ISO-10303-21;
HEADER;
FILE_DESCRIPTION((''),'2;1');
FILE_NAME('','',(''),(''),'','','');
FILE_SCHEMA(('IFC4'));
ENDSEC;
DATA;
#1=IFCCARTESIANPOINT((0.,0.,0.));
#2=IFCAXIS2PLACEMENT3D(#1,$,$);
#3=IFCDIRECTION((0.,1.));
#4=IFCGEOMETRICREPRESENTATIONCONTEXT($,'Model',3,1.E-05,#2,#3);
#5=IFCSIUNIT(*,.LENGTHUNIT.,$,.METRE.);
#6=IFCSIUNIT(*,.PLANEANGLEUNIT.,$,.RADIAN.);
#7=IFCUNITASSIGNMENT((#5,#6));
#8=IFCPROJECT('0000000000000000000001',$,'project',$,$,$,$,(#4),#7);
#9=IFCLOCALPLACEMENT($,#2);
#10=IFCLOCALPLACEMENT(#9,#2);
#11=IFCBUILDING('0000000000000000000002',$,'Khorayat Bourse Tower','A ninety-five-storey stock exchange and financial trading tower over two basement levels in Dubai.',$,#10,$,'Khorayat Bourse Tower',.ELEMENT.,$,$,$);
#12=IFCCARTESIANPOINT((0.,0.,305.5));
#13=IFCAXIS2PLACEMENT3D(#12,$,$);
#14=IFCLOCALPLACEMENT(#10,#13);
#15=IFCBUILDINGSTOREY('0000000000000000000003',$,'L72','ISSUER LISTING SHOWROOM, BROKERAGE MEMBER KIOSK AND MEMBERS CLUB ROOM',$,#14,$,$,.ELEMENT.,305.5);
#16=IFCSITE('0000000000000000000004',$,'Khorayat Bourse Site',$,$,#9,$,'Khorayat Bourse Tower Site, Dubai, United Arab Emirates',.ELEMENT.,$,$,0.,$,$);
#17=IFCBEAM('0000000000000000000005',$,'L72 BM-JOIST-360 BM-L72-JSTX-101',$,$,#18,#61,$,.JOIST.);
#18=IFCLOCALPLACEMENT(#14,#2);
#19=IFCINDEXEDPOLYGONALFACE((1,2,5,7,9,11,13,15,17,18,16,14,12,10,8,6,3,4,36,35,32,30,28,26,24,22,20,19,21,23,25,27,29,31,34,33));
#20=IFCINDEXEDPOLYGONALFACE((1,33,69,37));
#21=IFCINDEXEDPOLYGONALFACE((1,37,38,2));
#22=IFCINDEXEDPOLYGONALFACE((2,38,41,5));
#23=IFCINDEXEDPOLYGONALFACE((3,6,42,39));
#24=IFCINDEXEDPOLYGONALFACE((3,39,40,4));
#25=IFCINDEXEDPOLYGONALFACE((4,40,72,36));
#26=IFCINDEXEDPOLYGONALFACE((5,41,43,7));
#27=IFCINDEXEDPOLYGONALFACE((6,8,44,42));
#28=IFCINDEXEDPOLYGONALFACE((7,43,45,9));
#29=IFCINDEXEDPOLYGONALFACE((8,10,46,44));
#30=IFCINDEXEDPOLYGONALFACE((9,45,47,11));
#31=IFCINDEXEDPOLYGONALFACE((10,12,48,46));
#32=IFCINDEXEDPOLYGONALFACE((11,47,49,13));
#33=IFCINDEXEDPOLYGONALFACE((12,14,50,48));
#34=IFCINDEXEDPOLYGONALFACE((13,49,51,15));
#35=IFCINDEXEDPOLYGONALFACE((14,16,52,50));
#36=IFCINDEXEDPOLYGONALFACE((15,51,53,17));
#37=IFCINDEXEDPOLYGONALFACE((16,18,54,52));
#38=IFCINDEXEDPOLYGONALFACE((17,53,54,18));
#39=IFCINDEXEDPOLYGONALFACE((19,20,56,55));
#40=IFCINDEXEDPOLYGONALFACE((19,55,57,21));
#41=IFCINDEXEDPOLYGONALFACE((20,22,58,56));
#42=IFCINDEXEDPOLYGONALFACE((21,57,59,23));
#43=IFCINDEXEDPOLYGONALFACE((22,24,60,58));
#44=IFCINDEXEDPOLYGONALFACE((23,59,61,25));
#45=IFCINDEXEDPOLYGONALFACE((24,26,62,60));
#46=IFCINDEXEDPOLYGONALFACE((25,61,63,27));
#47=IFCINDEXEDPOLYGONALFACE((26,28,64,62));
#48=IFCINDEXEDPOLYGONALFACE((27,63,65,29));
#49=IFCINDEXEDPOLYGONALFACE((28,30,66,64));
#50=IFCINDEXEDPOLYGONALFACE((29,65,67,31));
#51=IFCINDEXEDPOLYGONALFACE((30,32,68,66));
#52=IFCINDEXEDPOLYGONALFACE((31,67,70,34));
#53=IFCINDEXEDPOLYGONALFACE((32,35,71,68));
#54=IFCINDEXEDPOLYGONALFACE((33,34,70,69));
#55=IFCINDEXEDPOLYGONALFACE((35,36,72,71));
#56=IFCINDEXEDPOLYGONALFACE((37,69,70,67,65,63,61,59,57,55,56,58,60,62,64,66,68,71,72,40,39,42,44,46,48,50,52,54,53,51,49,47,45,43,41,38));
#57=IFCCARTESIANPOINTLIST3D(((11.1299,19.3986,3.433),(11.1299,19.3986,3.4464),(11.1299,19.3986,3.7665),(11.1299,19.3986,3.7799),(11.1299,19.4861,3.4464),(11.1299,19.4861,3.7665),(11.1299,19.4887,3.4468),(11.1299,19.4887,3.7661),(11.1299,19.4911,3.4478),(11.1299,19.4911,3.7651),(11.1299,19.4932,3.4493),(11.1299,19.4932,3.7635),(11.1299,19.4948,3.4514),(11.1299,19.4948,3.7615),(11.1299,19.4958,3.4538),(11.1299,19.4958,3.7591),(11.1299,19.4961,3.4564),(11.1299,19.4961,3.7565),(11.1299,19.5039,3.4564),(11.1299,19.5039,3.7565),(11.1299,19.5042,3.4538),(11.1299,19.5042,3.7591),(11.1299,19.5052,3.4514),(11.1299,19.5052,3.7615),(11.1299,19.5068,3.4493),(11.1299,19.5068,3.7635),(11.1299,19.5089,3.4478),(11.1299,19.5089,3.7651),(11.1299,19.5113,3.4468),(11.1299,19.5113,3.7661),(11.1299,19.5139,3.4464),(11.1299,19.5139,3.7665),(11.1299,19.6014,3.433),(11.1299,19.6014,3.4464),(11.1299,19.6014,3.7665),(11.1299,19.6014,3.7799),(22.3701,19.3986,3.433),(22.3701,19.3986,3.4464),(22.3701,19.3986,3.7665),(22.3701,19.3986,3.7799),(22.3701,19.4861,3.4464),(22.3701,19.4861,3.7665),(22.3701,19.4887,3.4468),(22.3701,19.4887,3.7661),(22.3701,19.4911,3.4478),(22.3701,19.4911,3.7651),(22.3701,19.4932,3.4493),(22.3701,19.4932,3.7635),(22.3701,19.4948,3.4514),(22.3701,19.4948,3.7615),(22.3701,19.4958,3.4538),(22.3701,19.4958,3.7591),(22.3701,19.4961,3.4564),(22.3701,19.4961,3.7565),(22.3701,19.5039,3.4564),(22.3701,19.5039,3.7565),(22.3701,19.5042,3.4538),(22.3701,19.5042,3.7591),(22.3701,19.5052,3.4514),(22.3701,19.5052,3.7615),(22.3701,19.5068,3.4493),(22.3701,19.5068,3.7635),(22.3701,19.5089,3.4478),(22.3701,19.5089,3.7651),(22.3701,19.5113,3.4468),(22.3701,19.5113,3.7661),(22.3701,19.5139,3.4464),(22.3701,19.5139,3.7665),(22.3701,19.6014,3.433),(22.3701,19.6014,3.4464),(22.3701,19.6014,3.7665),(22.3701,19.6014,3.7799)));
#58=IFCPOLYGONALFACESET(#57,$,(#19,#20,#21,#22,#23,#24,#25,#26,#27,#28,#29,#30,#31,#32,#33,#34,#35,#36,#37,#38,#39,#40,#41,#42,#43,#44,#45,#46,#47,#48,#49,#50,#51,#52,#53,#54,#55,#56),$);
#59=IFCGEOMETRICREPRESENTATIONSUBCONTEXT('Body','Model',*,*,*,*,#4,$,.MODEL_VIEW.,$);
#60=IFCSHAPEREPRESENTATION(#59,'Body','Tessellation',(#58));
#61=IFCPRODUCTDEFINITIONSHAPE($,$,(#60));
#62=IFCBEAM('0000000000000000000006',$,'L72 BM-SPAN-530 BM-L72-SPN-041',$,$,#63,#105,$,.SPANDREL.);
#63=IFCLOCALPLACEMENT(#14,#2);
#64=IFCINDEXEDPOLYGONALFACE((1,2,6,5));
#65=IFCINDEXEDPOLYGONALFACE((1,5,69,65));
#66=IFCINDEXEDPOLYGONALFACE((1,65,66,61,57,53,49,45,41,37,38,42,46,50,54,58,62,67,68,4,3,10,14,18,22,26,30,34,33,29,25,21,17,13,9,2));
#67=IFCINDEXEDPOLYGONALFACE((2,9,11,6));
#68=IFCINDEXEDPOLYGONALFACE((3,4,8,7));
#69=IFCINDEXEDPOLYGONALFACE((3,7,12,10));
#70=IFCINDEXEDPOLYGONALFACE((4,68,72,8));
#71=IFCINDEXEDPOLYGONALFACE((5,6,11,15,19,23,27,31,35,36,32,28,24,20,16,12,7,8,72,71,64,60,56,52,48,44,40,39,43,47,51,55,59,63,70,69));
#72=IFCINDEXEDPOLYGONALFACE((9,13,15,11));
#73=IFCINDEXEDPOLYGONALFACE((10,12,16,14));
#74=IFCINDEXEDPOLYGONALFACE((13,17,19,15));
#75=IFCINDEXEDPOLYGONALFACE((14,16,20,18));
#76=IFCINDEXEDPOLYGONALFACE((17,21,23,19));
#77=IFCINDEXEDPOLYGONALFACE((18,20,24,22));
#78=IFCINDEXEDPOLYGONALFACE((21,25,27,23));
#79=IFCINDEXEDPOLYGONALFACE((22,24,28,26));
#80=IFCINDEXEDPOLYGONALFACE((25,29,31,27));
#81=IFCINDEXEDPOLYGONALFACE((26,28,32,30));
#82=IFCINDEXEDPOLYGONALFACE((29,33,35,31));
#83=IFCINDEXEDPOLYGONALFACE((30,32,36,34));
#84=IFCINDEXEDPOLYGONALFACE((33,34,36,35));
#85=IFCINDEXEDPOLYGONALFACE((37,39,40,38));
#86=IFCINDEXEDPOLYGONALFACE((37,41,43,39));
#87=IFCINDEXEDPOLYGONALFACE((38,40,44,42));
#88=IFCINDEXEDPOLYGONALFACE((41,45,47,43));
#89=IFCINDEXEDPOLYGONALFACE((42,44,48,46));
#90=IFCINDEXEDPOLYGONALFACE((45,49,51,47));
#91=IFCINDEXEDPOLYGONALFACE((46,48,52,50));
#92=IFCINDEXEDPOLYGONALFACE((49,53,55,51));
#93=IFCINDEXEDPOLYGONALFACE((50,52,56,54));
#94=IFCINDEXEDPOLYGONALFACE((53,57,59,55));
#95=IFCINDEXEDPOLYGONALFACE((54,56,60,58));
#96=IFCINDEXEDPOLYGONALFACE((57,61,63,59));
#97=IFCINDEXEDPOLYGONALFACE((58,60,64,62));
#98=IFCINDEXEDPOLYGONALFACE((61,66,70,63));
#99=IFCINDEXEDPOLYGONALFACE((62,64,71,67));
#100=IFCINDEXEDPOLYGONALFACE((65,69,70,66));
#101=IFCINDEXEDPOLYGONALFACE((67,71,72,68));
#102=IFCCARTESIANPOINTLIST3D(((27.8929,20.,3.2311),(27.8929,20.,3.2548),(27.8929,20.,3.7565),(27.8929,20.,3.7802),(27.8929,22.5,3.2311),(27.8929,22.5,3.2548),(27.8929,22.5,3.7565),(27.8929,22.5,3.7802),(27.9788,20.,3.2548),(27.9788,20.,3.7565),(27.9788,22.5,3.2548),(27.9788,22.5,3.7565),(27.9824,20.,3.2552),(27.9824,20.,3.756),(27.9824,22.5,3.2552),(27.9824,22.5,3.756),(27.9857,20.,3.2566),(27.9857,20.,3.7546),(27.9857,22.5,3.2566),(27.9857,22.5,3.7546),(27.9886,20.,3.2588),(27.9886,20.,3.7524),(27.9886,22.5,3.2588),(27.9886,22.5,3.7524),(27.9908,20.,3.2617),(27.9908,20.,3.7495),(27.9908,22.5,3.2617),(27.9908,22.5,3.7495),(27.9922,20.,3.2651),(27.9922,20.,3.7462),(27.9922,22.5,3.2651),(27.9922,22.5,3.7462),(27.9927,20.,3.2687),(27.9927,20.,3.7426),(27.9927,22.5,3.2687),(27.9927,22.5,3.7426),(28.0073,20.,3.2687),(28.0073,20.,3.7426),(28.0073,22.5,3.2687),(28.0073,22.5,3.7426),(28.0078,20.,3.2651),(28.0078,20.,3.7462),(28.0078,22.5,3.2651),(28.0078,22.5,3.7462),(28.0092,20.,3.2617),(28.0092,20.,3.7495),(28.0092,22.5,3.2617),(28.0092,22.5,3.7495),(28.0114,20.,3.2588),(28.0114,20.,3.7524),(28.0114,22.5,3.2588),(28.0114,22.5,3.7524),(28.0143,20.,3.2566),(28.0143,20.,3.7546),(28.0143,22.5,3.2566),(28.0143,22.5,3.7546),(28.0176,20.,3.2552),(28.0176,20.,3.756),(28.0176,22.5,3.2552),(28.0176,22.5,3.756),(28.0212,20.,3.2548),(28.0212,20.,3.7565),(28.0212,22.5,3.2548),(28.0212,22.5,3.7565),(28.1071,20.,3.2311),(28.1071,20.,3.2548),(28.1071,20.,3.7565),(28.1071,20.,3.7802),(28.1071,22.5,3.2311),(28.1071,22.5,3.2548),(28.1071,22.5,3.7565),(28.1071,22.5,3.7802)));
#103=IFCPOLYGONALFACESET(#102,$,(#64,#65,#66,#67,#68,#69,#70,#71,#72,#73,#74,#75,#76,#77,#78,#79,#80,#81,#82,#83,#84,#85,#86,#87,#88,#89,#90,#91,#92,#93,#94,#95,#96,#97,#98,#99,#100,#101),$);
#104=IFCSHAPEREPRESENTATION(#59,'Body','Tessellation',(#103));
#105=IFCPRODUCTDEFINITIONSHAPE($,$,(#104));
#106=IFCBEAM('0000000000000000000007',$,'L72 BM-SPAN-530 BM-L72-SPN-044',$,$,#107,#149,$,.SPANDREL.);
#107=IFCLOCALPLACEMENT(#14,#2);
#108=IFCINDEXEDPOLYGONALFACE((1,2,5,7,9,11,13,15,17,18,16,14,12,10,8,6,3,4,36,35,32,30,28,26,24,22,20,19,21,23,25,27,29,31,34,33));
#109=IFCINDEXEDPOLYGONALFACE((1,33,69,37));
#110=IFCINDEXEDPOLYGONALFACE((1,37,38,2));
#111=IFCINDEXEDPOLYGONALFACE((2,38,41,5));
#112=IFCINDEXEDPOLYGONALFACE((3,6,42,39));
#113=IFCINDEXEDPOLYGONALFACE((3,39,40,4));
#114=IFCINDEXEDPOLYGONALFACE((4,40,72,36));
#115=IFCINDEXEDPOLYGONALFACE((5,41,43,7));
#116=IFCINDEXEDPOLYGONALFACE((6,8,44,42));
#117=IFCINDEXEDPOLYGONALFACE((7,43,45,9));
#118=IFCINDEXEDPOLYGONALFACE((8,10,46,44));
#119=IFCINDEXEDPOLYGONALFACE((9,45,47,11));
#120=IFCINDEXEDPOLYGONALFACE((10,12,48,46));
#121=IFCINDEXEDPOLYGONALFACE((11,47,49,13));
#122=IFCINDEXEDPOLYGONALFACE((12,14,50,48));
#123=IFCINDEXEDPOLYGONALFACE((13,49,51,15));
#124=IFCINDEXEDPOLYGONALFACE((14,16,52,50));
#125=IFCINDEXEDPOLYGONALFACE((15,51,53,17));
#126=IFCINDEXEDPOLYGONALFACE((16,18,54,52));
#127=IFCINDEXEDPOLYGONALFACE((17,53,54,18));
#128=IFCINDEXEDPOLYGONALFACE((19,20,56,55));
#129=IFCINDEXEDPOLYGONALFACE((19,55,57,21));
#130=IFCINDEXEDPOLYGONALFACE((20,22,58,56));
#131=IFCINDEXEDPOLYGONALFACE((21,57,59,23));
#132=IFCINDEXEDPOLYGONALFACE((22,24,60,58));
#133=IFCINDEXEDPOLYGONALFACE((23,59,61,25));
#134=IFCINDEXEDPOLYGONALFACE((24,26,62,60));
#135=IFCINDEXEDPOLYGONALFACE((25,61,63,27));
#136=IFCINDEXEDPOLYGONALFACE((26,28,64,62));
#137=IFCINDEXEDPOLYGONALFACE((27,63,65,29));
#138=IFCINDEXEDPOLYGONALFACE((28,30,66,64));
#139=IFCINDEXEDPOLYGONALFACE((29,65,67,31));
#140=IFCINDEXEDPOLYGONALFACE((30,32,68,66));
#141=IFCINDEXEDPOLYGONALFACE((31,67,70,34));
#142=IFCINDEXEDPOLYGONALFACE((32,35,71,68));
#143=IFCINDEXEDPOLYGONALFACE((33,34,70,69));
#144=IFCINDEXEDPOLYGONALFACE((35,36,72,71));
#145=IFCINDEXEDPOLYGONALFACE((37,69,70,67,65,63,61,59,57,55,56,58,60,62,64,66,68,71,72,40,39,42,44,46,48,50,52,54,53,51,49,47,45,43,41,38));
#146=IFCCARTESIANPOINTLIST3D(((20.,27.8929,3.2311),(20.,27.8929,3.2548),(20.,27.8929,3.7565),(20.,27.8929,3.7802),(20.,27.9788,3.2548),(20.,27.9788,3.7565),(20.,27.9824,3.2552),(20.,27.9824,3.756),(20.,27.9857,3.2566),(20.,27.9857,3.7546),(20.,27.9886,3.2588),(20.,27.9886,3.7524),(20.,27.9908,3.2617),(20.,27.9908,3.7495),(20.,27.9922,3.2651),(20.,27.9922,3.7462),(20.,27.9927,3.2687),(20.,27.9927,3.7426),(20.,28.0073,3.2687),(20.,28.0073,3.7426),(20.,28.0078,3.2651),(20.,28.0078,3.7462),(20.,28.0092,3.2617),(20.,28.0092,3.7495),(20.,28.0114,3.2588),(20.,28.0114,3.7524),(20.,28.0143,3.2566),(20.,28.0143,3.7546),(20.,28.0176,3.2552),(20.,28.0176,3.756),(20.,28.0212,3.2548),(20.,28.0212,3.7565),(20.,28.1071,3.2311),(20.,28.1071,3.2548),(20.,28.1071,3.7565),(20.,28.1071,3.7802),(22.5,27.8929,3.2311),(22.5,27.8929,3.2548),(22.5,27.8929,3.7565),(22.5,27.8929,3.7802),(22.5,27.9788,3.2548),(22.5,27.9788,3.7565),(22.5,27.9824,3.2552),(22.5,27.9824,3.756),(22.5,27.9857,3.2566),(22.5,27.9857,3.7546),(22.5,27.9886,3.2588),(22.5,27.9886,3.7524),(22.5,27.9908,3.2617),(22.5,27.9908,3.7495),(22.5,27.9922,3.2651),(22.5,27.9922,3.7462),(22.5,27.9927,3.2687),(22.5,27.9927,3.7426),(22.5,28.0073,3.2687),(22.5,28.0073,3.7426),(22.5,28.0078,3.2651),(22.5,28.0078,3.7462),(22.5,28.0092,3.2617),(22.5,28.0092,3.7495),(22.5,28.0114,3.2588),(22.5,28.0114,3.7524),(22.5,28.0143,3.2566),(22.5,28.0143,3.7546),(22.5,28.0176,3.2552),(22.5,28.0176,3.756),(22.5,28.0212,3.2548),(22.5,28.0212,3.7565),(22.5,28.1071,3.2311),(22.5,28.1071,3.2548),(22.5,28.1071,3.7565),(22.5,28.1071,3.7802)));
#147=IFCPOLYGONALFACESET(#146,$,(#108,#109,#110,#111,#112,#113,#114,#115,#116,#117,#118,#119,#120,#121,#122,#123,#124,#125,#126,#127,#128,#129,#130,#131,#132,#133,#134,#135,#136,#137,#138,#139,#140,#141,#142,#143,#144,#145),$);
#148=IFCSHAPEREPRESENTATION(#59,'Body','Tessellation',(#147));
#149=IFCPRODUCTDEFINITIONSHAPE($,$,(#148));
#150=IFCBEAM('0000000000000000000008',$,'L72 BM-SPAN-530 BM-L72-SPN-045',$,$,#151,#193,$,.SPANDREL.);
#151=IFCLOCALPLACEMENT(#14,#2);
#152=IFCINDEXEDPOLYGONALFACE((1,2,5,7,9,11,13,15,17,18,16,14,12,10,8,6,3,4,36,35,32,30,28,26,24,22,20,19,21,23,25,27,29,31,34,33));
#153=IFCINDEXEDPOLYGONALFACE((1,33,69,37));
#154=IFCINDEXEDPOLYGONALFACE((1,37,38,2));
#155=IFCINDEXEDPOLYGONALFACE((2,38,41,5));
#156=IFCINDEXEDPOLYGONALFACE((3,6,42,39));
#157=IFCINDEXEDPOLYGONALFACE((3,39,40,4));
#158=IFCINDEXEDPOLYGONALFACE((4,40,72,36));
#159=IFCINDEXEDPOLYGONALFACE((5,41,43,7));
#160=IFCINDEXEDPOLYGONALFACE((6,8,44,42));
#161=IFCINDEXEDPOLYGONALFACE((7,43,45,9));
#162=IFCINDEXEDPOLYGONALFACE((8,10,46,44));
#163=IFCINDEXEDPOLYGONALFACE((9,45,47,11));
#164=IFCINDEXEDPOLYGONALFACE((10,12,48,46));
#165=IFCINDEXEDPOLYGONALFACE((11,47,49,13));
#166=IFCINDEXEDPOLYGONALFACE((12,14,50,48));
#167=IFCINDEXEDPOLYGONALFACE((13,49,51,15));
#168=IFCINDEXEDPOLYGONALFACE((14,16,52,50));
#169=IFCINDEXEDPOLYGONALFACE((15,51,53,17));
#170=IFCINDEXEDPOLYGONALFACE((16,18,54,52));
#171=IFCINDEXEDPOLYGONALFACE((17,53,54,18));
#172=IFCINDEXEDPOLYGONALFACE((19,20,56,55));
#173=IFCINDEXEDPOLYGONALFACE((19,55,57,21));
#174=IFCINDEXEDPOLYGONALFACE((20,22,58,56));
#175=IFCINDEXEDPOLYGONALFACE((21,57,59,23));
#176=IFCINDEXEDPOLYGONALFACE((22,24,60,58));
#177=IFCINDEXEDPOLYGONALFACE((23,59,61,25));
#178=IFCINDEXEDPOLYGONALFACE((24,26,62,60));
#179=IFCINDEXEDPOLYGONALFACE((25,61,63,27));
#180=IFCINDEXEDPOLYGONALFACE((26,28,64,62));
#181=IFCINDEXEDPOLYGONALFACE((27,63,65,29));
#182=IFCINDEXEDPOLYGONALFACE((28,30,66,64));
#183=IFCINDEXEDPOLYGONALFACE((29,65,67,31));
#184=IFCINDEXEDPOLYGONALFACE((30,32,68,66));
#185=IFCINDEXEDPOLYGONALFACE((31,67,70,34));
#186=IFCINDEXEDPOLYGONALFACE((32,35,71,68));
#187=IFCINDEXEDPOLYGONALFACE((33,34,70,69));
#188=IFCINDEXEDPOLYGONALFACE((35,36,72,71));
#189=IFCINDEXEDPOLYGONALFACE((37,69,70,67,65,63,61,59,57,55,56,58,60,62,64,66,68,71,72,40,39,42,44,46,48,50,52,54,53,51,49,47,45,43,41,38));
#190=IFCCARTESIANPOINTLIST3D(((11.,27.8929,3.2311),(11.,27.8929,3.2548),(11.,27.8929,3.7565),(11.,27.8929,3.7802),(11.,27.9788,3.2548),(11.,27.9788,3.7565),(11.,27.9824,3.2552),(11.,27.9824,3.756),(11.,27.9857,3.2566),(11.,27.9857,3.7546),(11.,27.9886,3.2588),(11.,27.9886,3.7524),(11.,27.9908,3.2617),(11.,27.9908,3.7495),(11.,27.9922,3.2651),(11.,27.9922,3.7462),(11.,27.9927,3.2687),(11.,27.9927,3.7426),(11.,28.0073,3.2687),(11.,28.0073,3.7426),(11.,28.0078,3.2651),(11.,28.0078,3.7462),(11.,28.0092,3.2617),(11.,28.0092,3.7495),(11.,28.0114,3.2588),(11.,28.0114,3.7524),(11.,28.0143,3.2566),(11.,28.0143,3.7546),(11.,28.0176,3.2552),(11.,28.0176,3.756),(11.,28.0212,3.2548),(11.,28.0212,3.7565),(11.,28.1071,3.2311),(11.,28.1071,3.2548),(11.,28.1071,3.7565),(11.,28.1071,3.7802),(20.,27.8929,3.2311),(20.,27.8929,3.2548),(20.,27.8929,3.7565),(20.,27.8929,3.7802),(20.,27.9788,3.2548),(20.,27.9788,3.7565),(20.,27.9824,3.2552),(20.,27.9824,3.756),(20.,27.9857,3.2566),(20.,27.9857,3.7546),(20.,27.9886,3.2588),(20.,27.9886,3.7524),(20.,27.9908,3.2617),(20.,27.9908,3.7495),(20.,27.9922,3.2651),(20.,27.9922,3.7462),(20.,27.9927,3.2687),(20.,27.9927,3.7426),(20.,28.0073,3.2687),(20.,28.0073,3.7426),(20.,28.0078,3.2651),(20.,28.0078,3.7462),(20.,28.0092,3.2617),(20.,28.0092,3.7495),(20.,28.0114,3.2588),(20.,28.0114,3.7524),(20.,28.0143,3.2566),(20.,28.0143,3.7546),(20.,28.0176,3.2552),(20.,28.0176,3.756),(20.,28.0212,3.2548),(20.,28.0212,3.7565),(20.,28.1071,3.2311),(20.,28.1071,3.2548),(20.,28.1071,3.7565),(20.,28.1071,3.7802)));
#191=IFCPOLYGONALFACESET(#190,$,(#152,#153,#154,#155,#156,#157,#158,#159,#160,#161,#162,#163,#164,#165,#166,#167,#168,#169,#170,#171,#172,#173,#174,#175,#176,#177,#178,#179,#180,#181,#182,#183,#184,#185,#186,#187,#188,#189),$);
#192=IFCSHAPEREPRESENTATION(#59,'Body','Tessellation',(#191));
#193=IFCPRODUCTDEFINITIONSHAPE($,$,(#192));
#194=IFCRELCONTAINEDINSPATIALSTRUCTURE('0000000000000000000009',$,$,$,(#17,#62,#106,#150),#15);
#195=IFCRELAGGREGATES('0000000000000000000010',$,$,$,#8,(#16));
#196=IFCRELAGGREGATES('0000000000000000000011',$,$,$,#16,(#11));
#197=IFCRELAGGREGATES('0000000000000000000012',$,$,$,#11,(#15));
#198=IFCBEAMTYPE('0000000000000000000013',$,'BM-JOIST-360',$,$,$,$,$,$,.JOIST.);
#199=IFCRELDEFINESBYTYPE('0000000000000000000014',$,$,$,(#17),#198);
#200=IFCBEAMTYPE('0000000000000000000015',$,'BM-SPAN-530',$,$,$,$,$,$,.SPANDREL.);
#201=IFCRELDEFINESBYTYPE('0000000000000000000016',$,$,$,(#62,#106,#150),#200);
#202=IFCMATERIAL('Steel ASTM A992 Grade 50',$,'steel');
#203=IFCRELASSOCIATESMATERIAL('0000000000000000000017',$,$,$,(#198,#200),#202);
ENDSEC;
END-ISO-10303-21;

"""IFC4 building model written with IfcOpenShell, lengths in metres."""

from ifc_helpers import new_model, si_unit, direction, frame, origin, origin_2d, place, context, subcontext, project, spatial, i_section, extrude, source, transform, mapped, material, material_profile, profile_set, type_object, element, save


model = new_model("IFC4")

# Units and contexts
model_context = context("Model", 3, precision=1e-05, world=origin(), true_north=direction((0.0, 1.0)))
body_context = subcontext(model_context, "Body", "Model", "MODEL_VIEW")
ifc_project = project(units=[si_unit("LENGTHUNIT", "METRE"), si_unit("PLANEANGLEUNIT", "RADIAN")], contexts=[model_context])

# Site, building, storey
site_placement = place(None, origin())
site = spatial("IfcSite", under=ifc_project, at=site_placement, Name="Khorayat Bourse Site", LongName="Khorayat Bourse Tower Site, Dubai, United Arab Emirates", CompositionType="ELEMENT", RefElevation=0.0)
building_placement = place(site_placement, origin())
building = spatial("IfcBuilding", under=site, at=building_placement, Name="Khorayat Bourse Tower", Description="A ninety-five-storey stock exchange and financial trading tower over two basement levels in Dubai.", LongName="Khorayat Bourse Tower", CompositionType="ELEMENT")
storey_placement = place(building_placement, frame((0.0, 0.0, 305.5)))
storey = spatial("IfcBuildingStorey", under=building, at=storey_placement, Name="L72", Description="ISSUER LISTING SHOWROOM, BROKERAGE MEMBER KIOSK AND MEMBERS CLUB ROOM", CompositionType="ELEMENT", Elevation=305.5)

# Beams
ifc_material_1 = material(Name="Steel ASTM A992 Grade 50", Category="steel")
ifc_material_profile_1 = material_profile(ifc_material_1, i_section(OverallWidth=0.2029, OverallDepth=0.3469, WebThickness=0.0078, FlangeThickness=0.0134, FilletRadius=0.01, at=origin_2d()), Name="W360X64")
ifc_profile_set_1 = profile_set([ifc_material_profile_1], Name="Steel ASTM A992 Grade 50")
beam_type_1 = type_object("IfcBeamType", Name="BM-JOIST-360", PredefinedType="JOIST", material=ifc_profile_set_1)
shared_shape_1 = source(origin(), body_context, "Body", "SweptSolid", [
    extrude(i_section(OverallWidth=0.2029, OverallDepth=0.3469, WebThickness=0.0078, FlangeThickness=0.0134, FilletRadius=0.01, at=origin_2d()), origin(), (0.0, 0.0, 1.0), 11.2402),
])
beam_1_placement = place(storey_placement, frame((11.1299, 19.5, 3.6064), z_axis=(1.0, 0.0, 0.0), x_axis=(0.0, 1.0, 0.0)))
element("IfcBeam", 1, at=beam_1_placement, inside=storey, type_object=beam_type_1, Name="L72 BM-JOIST-360 BM-L72-JSTX-101", PredefinedType="JOIST", context=body_context, shape_type="MappedRepresentation", body=[
    mapped(shared_shape_1, transform((0.0, 0.0, 0.0), scale=1.0)),
])
ifc_material_profile_2 = material_profile(ifc_material_1, i_section(OverallWidth=0.2141, OverallDepth=0.5491, WebThickness=0.0146, FlangeThickness=0.0237, FilletRadius=0.0139, at=origin_2d()), Name="W530X138")
ifc_profile_set_2 = profile_set([ifc_material_profile_2], Name="Steel ASTM A992 Grade 50")
beam_type_2 = type_object("IfcBeamType", Name="BM-SPAN-530", PredefinedType="SPANDREL", material=ifc_profile_set_2)
shared_shape_2 = source(origin(), body_context, "Body", "SweptSolid", [
    extrude(i_section(OverallWidth=0.2141, OverallDepth=0.5491, WebThickness=0.0146, FlangeThickness=0.0237, FilletRadius=0.0139, at=origin_2d()), origin(), (0.0, 0.0, 1.0), 2.5),
])
for number, where, z_axis, x_axis, name in (
    (2, (28.0, 20.0, 3.5056), (0.0, 1.0, 0.0), (-1.0, 0.0, 0.0), "L72 BM-SPAN-530 BM-L72-SPN-041"),
    (3, (20.0, 28.0, 3.5056), (1.0, 0.0, 0.0), (0.0, 1.0, 0.0), "L72 BM-SPAN-530 BM-L72-SPN-044"),
):
    element("IfcBeam", number, at=place(storey_placement, frame(where, z_axis=z_axis, x_axis=x_axis)), inside=storey, type_object=beam_type_2, Name=name, PredefinedType="SPANDREL", context=body_context, shape_type="MappedRepresentation", body=[
        mapped(shared_shape_2, transform((0.0, 0.0, 0.0), scale=1.0)),
    ])
shared_shape_3 = source(origin(), body_context, "Body", "SweptSolid", [
    extrude(i_section(OverallWidth=0.2141, OverallDepth=0.5491, WebThickness=0.0146, FlangeThickness=0.0237, FilletRadius=0.0139, at=origin_2d()), origin(), (0.0, 0.0, 1.0), 9.0),
])
beam_2_placement = place(storey_placement, frame((11.0, 28.0, 3.5056), z_axis=(1.0, 0.0, 0.0), x_axis=(0.0, 1.0, 0.0)))
element("IfcBeam", 4, at=beam_2_placement, inside=storey, type_object=beam_type_2, Name="L72 BM-SPAN-530 BM-L72-SPN-045", PredefinedType="SPANDREL", context=body_context, shape_type="MappedRepresentation", body=[
    mapped(shared_shape_3, transform((0.0, 0.0, 0.0), scale=1.0)),
])

save(model, "model.ifc")
